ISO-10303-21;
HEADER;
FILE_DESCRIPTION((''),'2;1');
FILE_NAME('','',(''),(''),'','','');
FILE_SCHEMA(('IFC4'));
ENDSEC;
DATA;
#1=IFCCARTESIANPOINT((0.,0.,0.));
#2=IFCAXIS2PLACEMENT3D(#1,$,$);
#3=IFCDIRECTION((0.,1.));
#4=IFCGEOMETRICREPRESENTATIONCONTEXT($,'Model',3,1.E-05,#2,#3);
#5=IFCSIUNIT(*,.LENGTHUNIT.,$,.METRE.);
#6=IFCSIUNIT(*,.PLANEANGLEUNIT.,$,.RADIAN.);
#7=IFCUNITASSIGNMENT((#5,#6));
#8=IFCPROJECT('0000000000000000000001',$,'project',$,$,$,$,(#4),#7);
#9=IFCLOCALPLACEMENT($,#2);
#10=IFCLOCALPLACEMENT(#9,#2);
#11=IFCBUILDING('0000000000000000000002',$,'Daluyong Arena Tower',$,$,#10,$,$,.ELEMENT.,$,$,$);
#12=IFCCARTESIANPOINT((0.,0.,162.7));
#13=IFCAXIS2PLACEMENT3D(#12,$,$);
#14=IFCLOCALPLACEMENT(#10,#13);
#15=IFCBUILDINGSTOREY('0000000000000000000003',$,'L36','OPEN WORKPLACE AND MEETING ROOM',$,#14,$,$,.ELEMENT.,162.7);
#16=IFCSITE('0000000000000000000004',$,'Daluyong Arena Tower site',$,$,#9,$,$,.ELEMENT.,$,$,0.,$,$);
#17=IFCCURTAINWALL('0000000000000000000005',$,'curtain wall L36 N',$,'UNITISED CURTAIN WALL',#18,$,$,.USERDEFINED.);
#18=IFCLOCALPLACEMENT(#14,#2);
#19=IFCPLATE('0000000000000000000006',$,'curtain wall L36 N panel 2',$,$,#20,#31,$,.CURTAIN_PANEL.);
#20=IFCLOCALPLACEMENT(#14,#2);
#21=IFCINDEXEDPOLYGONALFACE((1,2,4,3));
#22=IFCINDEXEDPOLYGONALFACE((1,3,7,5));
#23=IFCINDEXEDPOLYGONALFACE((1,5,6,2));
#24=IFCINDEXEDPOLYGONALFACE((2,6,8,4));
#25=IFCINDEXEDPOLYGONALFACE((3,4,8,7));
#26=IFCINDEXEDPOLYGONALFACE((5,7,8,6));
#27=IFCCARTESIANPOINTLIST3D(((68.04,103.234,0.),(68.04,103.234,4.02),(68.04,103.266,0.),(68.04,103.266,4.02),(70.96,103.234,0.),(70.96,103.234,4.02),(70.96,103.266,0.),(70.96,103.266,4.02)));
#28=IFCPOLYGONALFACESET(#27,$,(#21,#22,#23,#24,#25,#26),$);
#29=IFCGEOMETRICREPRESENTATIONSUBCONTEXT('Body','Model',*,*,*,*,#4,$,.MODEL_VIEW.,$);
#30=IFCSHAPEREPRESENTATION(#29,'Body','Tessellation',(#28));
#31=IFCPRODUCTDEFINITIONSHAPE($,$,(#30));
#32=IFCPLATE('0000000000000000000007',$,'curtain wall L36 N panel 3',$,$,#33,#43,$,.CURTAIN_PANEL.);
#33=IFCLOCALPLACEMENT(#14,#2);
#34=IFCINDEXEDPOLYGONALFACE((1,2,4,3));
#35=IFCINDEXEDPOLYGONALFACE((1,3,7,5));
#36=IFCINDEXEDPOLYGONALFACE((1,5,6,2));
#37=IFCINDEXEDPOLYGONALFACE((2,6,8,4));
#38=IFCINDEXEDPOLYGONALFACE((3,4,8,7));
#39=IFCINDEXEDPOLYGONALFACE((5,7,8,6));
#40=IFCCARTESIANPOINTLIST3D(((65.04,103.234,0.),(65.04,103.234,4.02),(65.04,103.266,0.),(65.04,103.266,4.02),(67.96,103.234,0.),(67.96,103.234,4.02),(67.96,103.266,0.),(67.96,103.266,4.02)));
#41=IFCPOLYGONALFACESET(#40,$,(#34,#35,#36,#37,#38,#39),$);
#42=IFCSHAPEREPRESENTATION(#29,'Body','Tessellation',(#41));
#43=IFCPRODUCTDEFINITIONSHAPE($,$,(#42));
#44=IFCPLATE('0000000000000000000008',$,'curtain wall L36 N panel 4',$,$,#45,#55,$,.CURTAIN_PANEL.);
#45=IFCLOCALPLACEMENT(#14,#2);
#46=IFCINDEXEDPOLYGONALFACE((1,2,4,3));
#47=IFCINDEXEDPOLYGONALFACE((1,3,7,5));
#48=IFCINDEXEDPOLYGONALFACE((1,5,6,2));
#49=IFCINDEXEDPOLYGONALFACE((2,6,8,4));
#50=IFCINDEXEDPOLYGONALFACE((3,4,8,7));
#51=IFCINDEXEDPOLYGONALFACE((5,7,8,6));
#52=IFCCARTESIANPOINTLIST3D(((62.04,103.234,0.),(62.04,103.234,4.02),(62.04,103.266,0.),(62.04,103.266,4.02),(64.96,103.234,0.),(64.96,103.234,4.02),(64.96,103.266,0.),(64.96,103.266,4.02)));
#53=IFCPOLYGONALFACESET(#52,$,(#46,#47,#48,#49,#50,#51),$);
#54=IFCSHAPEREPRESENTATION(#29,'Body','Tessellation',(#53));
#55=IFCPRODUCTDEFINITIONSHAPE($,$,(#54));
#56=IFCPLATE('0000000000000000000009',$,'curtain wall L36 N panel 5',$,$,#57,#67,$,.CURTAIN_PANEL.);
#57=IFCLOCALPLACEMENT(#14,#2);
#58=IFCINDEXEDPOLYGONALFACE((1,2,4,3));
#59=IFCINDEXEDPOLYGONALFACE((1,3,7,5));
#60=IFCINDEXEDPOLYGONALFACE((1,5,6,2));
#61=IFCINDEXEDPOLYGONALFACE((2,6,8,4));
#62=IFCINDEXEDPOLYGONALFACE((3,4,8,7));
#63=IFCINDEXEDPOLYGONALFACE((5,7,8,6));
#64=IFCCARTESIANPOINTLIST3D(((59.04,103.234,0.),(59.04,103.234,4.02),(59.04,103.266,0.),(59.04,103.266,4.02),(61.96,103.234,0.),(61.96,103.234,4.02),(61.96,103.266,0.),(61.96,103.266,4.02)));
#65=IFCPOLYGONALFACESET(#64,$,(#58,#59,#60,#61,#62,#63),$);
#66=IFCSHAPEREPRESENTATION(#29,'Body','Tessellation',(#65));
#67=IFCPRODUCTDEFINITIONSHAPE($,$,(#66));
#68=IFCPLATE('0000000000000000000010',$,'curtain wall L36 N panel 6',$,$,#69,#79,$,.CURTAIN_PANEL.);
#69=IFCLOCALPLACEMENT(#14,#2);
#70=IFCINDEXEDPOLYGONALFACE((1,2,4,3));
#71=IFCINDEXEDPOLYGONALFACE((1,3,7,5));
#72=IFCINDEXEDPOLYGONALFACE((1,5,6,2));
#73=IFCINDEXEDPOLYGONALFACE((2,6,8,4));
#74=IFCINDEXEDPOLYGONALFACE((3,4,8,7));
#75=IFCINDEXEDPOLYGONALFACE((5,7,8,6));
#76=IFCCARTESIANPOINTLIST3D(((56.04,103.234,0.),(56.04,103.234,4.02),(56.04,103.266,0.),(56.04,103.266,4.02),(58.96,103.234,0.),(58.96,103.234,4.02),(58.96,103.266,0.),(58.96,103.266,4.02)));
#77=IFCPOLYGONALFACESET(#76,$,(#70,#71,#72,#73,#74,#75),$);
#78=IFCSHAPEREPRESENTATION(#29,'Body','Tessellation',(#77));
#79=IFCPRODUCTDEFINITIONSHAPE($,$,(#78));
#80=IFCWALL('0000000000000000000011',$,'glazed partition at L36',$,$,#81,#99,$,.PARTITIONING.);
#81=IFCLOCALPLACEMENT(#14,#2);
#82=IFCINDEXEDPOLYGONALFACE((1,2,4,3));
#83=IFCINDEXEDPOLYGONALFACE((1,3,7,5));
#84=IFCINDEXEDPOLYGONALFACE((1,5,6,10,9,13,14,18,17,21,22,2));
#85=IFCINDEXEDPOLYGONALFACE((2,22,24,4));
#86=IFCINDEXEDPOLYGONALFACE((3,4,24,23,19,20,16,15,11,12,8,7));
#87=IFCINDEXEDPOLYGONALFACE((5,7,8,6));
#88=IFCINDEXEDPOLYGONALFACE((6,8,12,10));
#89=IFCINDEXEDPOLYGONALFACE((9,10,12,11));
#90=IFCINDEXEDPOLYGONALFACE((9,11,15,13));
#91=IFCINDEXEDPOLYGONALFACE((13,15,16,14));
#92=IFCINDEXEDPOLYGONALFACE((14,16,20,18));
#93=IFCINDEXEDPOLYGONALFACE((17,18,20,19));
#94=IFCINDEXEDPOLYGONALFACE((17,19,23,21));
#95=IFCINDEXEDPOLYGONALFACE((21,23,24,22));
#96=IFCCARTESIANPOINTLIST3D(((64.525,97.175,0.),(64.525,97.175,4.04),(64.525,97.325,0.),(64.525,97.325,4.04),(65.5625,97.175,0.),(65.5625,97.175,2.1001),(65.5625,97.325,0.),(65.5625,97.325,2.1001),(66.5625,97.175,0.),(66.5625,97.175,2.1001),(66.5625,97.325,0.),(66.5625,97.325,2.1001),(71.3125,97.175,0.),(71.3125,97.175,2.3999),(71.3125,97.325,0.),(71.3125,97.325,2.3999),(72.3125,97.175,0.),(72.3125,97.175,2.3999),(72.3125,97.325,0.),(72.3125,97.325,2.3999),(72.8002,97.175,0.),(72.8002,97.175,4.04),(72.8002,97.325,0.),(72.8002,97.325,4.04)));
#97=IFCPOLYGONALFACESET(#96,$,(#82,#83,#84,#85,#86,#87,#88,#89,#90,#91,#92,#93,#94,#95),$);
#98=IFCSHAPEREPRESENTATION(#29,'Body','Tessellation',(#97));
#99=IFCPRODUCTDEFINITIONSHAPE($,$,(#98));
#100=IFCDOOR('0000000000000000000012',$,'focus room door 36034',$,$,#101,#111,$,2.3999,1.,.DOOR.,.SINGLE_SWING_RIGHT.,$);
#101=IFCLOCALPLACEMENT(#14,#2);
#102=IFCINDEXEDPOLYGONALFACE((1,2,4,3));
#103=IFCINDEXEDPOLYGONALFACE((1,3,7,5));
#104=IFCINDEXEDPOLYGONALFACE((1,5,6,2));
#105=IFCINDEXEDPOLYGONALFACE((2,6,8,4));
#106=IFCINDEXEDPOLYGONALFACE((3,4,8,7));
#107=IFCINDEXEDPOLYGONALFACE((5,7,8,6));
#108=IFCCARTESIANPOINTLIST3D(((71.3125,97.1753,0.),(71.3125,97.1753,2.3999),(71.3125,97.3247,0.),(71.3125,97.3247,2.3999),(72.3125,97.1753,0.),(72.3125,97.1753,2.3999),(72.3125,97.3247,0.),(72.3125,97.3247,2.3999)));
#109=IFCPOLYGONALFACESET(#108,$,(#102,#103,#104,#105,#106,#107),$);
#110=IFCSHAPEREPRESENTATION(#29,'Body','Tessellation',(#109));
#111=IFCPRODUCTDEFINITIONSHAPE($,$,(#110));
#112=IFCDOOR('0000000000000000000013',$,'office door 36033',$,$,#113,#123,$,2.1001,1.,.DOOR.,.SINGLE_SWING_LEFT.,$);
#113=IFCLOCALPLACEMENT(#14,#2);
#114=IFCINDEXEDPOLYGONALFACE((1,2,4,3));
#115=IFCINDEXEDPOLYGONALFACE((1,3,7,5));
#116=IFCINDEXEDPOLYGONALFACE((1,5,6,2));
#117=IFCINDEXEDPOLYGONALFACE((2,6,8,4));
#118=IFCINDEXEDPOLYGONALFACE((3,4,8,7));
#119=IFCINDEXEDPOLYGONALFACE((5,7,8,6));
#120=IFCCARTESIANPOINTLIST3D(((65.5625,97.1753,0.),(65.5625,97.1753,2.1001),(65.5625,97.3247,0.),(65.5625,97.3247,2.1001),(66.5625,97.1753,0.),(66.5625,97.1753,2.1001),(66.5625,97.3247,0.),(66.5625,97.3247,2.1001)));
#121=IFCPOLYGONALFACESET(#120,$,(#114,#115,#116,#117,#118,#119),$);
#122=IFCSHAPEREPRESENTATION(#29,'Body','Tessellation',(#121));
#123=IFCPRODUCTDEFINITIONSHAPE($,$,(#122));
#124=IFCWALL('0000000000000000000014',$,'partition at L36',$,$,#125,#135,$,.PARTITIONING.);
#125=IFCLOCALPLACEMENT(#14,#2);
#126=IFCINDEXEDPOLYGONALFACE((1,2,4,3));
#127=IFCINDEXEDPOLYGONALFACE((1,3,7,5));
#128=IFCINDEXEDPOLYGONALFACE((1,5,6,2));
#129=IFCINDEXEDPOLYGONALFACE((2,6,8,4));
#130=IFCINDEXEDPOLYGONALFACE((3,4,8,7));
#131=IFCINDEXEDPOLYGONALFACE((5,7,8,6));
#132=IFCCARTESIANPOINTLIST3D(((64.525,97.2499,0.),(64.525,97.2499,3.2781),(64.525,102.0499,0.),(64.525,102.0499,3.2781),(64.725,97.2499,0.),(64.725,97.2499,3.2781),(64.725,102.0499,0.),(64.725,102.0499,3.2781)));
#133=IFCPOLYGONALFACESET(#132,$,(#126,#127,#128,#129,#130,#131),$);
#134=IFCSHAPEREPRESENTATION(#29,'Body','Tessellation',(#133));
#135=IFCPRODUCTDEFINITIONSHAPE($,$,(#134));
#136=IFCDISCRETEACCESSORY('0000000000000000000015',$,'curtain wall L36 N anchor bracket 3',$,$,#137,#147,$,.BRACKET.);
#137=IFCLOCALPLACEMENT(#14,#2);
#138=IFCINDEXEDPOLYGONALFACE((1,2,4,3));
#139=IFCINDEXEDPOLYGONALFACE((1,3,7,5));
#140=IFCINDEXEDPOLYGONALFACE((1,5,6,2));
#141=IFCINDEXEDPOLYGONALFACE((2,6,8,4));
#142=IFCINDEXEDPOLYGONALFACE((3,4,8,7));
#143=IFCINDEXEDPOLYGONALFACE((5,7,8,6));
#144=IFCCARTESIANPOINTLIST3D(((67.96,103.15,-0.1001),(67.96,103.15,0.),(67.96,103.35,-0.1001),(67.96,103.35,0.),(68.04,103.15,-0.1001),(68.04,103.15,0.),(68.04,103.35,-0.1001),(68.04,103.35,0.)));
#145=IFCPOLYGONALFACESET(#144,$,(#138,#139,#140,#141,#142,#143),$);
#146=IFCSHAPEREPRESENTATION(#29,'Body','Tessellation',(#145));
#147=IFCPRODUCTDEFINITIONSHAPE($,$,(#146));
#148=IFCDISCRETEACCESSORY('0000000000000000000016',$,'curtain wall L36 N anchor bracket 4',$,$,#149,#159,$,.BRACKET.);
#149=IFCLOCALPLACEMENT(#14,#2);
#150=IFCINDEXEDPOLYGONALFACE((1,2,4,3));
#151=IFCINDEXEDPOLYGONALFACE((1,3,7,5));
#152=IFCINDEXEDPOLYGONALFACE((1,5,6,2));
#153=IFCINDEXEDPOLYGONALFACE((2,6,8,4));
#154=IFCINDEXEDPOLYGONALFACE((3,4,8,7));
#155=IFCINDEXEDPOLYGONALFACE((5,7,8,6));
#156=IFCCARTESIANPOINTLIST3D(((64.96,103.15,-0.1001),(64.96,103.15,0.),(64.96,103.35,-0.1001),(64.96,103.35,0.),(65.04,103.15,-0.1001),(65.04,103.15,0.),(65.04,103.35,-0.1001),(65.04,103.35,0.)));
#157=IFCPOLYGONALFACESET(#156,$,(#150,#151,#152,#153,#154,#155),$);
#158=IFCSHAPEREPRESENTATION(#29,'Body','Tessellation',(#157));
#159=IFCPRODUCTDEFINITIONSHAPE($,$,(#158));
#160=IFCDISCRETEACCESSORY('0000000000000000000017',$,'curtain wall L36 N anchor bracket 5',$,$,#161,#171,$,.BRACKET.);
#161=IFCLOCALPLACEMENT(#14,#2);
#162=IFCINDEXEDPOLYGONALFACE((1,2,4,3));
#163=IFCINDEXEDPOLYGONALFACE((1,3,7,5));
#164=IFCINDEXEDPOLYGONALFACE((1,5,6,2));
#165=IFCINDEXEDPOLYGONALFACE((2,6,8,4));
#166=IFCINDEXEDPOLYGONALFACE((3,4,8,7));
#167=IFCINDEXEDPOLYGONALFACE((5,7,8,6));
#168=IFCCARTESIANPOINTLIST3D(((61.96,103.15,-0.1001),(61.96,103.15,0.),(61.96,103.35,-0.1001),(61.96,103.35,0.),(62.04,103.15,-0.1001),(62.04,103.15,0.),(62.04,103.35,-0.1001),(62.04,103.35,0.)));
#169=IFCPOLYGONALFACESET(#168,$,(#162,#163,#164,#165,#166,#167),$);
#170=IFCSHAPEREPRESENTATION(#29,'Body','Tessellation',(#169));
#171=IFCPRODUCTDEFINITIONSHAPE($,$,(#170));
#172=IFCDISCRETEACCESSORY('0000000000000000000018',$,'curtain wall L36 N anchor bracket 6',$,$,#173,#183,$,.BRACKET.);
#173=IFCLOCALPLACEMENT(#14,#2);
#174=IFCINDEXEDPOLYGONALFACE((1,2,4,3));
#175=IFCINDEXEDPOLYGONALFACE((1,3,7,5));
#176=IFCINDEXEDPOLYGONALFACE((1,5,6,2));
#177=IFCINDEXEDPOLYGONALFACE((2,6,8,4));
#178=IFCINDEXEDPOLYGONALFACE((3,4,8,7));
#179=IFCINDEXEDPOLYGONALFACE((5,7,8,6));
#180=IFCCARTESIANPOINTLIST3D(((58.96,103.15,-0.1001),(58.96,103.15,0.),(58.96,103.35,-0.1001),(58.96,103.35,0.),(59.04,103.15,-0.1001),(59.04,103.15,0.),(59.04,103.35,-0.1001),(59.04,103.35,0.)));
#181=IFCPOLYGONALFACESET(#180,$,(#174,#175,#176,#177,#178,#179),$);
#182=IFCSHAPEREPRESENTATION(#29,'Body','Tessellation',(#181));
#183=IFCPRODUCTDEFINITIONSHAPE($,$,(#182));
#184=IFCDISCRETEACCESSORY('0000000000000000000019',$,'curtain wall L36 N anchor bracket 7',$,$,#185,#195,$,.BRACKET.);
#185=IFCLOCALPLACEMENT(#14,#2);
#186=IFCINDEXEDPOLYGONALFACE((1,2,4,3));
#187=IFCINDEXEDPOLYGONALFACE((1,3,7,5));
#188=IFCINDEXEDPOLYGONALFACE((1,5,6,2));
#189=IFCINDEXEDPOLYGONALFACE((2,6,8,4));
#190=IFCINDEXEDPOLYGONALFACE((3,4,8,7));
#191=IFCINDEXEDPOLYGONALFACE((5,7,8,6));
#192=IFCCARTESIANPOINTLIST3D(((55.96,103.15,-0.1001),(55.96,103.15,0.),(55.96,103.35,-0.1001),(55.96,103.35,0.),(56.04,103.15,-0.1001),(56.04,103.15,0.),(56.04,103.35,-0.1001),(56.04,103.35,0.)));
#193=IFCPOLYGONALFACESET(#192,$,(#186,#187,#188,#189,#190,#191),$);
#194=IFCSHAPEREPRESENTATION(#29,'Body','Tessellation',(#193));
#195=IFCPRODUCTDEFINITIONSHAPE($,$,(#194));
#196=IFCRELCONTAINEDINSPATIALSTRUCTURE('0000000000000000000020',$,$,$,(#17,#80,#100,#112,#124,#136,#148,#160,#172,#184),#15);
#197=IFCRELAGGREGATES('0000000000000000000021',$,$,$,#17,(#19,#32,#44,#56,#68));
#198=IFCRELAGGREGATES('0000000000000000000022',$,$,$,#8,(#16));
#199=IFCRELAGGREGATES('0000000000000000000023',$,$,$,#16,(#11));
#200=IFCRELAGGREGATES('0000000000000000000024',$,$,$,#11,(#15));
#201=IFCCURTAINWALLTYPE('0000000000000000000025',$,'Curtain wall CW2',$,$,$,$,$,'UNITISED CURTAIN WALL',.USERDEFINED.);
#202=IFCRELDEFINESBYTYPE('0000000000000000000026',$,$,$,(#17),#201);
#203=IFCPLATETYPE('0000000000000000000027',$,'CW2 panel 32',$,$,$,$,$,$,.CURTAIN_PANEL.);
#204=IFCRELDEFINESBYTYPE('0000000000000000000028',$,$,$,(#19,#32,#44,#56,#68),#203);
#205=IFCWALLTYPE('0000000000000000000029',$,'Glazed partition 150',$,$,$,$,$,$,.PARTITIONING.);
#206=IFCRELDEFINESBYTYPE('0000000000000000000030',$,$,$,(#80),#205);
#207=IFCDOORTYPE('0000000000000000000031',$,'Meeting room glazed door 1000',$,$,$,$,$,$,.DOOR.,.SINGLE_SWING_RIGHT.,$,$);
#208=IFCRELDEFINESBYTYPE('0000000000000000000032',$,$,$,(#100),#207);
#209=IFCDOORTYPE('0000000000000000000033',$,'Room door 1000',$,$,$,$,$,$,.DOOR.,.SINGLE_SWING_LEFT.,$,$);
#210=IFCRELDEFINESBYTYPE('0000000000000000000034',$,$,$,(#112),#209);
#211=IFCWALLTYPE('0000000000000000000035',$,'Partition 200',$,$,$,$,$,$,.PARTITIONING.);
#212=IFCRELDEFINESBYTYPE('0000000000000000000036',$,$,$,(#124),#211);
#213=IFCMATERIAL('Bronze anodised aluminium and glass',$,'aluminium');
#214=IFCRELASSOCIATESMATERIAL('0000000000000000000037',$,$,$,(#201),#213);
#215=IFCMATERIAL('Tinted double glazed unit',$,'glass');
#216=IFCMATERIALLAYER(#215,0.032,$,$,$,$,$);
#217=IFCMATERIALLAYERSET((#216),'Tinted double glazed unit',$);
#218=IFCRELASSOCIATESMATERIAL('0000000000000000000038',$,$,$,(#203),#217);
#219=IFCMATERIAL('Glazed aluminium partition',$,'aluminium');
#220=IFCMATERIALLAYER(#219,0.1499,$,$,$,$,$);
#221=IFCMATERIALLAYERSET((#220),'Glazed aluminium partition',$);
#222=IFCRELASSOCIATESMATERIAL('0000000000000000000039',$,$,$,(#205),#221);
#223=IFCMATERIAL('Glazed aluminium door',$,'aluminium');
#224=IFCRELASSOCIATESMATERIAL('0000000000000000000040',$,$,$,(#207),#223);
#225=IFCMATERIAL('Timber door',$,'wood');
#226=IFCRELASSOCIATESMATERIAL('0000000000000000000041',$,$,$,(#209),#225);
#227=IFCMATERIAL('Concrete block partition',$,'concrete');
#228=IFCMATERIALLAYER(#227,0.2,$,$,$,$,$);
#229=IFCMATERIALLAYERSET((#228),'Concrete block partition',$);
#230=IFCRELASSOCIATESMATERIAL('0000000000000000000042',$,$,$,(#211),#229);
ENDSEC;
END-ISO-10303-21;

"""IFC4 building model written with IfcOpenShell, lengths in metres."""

from ifc_helpers import new_model, si_unit, direction, frame, frame_2d, origin, origin_2d, place, context, subcontext, project, spatial, rectangle, extrude, material, layer, layer_set, type_object, element, fill, aggregate, save


model = new_model("IFC4")

# Units and contexts
model_context = context("Model", 3, precision=1e-05, world=origin(), true_north=direction((0.0, 1.0)))
body_context = subcontext(model_context, "Body", "Model", "MODEL_VIEW")
ifc_project = project(units=[si_unit("LENGTHUNIT", "METRE"), si_unit("PLANEANGLEUNIT", "RADIAN")], contexts=[model_context])

# Site, building, storey
site_placement = place(None, origin())
site = spatial("IfcSite", under=ifc_project, at=site_placement, Name="Daluyong Arena Tower site", CompositionType="ELEMENT", RefElevation=0.0)
building_placement = place(site_placement, origin())
building = spatial("IfcBuilding", under=site, at=building_placement, Name="Daluyong Arena Tower", CompositionType="ELEMENT")
storey_placement = place(building_placement, frame((0.0, 0.0, 162.7)))
storey = spatial("IfcBuildingStorey", under=building, at=storey_placement, Name="L36", Description="OPEN WORKPLACE AND MEETING ROOM", CompositionType="ELEMENT", Elevation=162.7)

# Curtain wall
ifc_material_1 = material(Name="Bronze anodised aluminium and glass", Category="aluminium")
curtain_wall_type = type_object("IfcCurtainWallType", Name="Curtain wall CW2", ElementType="UNITISED CURTAIN WALL", PredefinedType="USERDEFINED", material=ifc_material_1)
curtain_wall_placement = place(storey_placement, origin())
curtain_wall = element("IfcCurtainWall", 1, at=curtain_wall_placement, inside=storey, type_object=curtain_wall_type, Name="curtain wall L36 N", ObjectType="UNITISED CURTAIN WALL", PredefinedType="USERDEFINED")

# Plates
ifc_material_2 = material(Name="Tinted double glazed unit", Category="glass")
ifc_layer_1 = layer(ifc_material_2, 0.032)
ifc_layer_set_1 = layer_set([ifc_layer_1], Name="Tinted double glazed unit")
plate_type = type_object("IfcPlateType", Name="CW2 panel 32", PredefinedType="CURTAIN_PANEL", material=ifc_layer_set_1)
plate_1_placement = place(storey_placement, frame((69.5, 103.25, 0.0), z_axis=(0.0, 0.0, 1.0), x_axis=(-1.0, 0.0, 0.0)))
plate_1 = element("IfcPlate", 2, at=plate_1_placement, type_object=plate_type, Name="curtain wall L36 N panel 2", PredefinedType="CURTAIN_PANEL", context=body_context, shape_type="SweptSolid", body=[
    extrude(rectangle(XDim=2.9199, YDim=0.032, at=origin_2d()), origin(), (0.0, 0.0, 1.0), 4.02),
])
plate_2_placement = place(storey_placement, frame((66.5, 103.25, 0.0), z_axis=(0.0, 0.0, 1.0), x_axis=(-1.0, 0.0, 0.0)))
plate_2 = element("IfcPlate", 3, at=plate_2_placement, type_object=plate_type, Name="curtain wall L36 N panel 3", PredefinedType="CURTAIN_PANEL", context=body_context, shape_type="SweptSolid", body=[
    extrude(rectangle(XDim=2.9199, YDim=0.032, at=origin_2d()), origin(), (0.0, 0.0, 1.0), 4.02),
])
plate_3_placement = place(storey_placement, frame((63.5, 103.25, 0.0), z_axis=(0.0, 0.0, 1.0), x_axis=(-1.0, 0.0, 0.0)))
plate_3 = element("IfcPlate", 4, at=plate_3_placement, type_object=plate_type, Name="curtain wall L36 N panel 4", PredefinedType="CURTAIN_PANEL", context=body_context, shape_type="SweptSolid", body=[
    extrude(rectangle(XDim=2.9199, YDim=0.032, at=origin_2d()), origin(), (0.0, 0.0, 1.0), 4.02),
])
plate_4_placement = place(storey_placement, frame((60.5, 103.25, 0.0), z_axis=(0.0, 0.0, 1.0), x_axis=(-1.0, 0.0, 0.0)))
plate_4 = element("IfcPlate", 5, at=plate_4_placement, type_object=plate_type, Name="curtain wall L36 N panel 5", PredefinedType="CURTAIN_PANEL", context=body_context, shape_type="SweptSolid", body=[
    extrude(rectangle(XDim=2.9199, YDim=0.032, at=origin_2d()), origin(), (0.0, 0.0, 1.0), 4.02),
])
plate_5_placement = place(storey_placement, frame((57.5, 103.25, 0.0), z_axis=(0.0, 0.0, 1.0), x_axis=(-1.0, 0.0, 0.0)))
plate_5 = element("IfcPlate", 6, at=plate_5_placement, type_object=plate_type, Name="curtain wall L36 N panel 6", PredefinedType="CURTAIN_PANEL", context=body_context, shape_type="SweptSolid", body=[
    extrude(rectangle(XDim=2.9199, YDim=0.032, at=origin_2d()), origin(), (0.0, 0.0, 1.0), 4.02),
])
aggregate(curtain_wall, [plate_1, plate_2, plate_3, plate_4, plate_5])

# Wall, openings, doors
ifc_material_3 = material(Name="Glazed aluminium partition", Category="aluminium")
ifc_layer_2 = layer(ifc_material_3, 0.1499)
ifc_layer_set_2 = layer_set([ifc_layer_2], Name="Glazed aluminium partition")
wall_type_1 = type_object("IfcWallType", Name="Glazed partition 150", PredefinedType="PARTITIONING", material=ifc_layer_set_2)
wall_1_placement = place(storey_placement, frame((64.5249, 97.25, 0.0), z_axis=(0.0, 0.0, 1.0), x_axis=(1.0, 0.0, 0.0)))
wall_1 = element("IfcWall", 7, at=wall_1_placement, inside=storey, type_object=wall_type_1, Name="glazed partition at L36", PredefinedType="PARTITIONING", context=body_context, shape_type="SweptSolid", body=[
    extrude(rectangle(XDim=8.2751, YDim=0.1499, at=frame_2d((4.1377, 0.0))), origin(), (0.0, 0.0, 1.0), 4.04),
])
opening_1_placement = place(wall_1_placement, frame((1.0376, 0.0, 0.0)))
opening_1 = element("IfcOpeningElement", 8, at=opening_1_placement, cuts=wall_1, PredefinedType="OPENING", context=body_context, shape_type="SweptSolid", body=[
    extrude(rectangle(XDim=1.0, YDim=2.1001, at=frame_2d((0.5, 1.05))), frame((0.0, 0.085, 0.0), z_axis=(0.0, -1.0, 0.0), x_axis=(1.0, 0.0, 0.0)), (0.0, 0.0, 1.0), 0.1699),
])
opening_2_placement = place(wall_1_placement, frame((6.7876, 0.0, 0.0)))
opening_2 = element("IfcOpeningElement", 9, at=opening_2_placement, cuts=wall_1, PredefinedType="OPENING", context=body_context, shape_type="SweptSolid", body=[
    extrude(rectangle(XDim=1.0, YDim=2.3999, at=frame_2d((0.5, 1.2))), frame((0.0, 0.085, 0.0), z_axis=(0.0, -1.0, 0.0), x_axis=(1.0, 0.0, 0.0)), (0.0, 0.0, 1.0), 0.1699),
])
ifc_material_4 = material(Name="Glazed aluminium door", Category="aluminium")
door_type_1 = type_object("IfcDoorType", Name="Meeting room glazed door 1000", OperationType="SINGLE_SWING_RIGHT", PredefinedType="DOOR", material=ifc_material_4)
door_1_placement = place(opening_2_placement, origin())
door_1 = element("IfcDoor", 10, at=door_1_placement, inside=storey, type_object=door_type_1, Name="focus room door 36034", OperationType="SINGLE_SWING_RIGHT", OverallHeight=2.3999, OverallWidth=1.0, PredefinedType="DOOR", context=body_context, shape_type="SweptSolid", body=[
    extrude(rectangle(XDim=1.0, YDim=2.3999, at=frame_2d((0.5, 1.2))), frame((0.0, 0.0747, 0.0), z_axis=(0.0, -1.0, 0.0), x_axis=(1.0, 0.0, 0.0)), (0.0, 0.0, 1.0), 0.1494),
])
fill(opening_2, door_1)
ifc_material_5 = material(Name="Timber door", Category="wood")
door_type_2 = type_object("IfcDoorType", Name="Room door 1000", OperationType="SINGLE_SWING_LEFT", PredefinedType="DOOR", material=ifc_material_5)
door_2_placement = place(opening_1_placement, origin())
door_2 = element("IfcDoor", 11, at=door_2_placement, inside=storey, type_object=door_type_2, Name="office door 36033", OperationType="SINGLE_SWING_LEFT", OverallHeight=2.1001, OverallWidth=1.0, PredefinedType="DOOR", context=body_context, shape_type="SweptSolid", body=[
    extrude(rectangle(XDim=1.0, YDim=2.1001, at=frame_2d((0.5, 1.05))), frame((0.0, 0.0747, 0.0), z_axis=(0.0, -1.0, 0.0), x_axis=(1.0, 0.0, 0.0)), (0.0, 0.0, 1.0), 0.1494),
])
fill(opening_1, door_2)

# Wall
ifc_material_6 = material(Name="Concrete block partition", Category="concrete")
ifc_layer_3 = layer(ifc_material_6, 0.2)
ifc_layer_set_3 = layer_set([ifc_layer_3], Name="Concrete block partition")
wall_type_2 = type_object("IfcWallType", Name="Partition 200", PredefinedType="PARTITIONING", material=ifc_layer_set_3)
wall_2_placement = place(storey_placement, frame((64.625, 97.25, 0.0), z_axis=(0.0, 0.0, 1.0), x_axis=(0.0, 1.0, 0.0)))
element("IfcWall", 12, at=wall_2_placement, inside=storey, type_object=wall_type_2, Name="partition at L36", PredefinedType="PARTITIONING", context=body_context, shape_type="SweptSolid", body=[
    extrude(rectangle(XDim=4.8, YDim=0.2, at=frame_2d((2.3999, 0.0))), origin(), (0.0, 0.0, 1.0), 3.2781),
])

# Discrete accessories
for number, where, z_axis, x_axis, name in (
    (13, (68.0, 103.25, -0.1001), (0.0, 0.0, 1.0), (-1.0, 0.0, 0.0), "curtain wall L36 N anchor bracket 3"),
    (14, (65.0, 103.25, -0.1001), (0.0, 0.0, 1.0), (-1.0, 0.0, 0.0), "curtain wall L36 N anchor bracket 4"),
    (15, (62.0, 103.25, -0.1001), (0.0, 0.0, 1.0), (-1.0, 0.0, 0.0), "curtain wall L36 N anchor bracket 5"),
    (16, (59.0, 103.25, -0.1001), (0.0, 0.0, 1.0), (-1.0, 0.0, 0.0), "curtain wall L36 N anchor bracket 6"),
    (17, (56.0, 103.25, -0.1001), (0.0, 0.0, 1.0), (-1.0, 0.0, 0.0), "curtain wall L36 N anchor bracket 7"),
):
    element("IfcDiscreteAccessory", number, at=place(storey_placement, frame(where, z_axis=z_axis, x_axis=x_axis)), inside=storey, Name=name, PredefinedType="BRACKET", context=body_context, shape_type="SweptSolid", body=[
        extrude(rectangle(XDim=0.0801, YDim=0.2, at=origin_2d()), origin(), (0.0, 0.0, 1.0), 0.1001),
    ])

save(model, "model.ifc")
